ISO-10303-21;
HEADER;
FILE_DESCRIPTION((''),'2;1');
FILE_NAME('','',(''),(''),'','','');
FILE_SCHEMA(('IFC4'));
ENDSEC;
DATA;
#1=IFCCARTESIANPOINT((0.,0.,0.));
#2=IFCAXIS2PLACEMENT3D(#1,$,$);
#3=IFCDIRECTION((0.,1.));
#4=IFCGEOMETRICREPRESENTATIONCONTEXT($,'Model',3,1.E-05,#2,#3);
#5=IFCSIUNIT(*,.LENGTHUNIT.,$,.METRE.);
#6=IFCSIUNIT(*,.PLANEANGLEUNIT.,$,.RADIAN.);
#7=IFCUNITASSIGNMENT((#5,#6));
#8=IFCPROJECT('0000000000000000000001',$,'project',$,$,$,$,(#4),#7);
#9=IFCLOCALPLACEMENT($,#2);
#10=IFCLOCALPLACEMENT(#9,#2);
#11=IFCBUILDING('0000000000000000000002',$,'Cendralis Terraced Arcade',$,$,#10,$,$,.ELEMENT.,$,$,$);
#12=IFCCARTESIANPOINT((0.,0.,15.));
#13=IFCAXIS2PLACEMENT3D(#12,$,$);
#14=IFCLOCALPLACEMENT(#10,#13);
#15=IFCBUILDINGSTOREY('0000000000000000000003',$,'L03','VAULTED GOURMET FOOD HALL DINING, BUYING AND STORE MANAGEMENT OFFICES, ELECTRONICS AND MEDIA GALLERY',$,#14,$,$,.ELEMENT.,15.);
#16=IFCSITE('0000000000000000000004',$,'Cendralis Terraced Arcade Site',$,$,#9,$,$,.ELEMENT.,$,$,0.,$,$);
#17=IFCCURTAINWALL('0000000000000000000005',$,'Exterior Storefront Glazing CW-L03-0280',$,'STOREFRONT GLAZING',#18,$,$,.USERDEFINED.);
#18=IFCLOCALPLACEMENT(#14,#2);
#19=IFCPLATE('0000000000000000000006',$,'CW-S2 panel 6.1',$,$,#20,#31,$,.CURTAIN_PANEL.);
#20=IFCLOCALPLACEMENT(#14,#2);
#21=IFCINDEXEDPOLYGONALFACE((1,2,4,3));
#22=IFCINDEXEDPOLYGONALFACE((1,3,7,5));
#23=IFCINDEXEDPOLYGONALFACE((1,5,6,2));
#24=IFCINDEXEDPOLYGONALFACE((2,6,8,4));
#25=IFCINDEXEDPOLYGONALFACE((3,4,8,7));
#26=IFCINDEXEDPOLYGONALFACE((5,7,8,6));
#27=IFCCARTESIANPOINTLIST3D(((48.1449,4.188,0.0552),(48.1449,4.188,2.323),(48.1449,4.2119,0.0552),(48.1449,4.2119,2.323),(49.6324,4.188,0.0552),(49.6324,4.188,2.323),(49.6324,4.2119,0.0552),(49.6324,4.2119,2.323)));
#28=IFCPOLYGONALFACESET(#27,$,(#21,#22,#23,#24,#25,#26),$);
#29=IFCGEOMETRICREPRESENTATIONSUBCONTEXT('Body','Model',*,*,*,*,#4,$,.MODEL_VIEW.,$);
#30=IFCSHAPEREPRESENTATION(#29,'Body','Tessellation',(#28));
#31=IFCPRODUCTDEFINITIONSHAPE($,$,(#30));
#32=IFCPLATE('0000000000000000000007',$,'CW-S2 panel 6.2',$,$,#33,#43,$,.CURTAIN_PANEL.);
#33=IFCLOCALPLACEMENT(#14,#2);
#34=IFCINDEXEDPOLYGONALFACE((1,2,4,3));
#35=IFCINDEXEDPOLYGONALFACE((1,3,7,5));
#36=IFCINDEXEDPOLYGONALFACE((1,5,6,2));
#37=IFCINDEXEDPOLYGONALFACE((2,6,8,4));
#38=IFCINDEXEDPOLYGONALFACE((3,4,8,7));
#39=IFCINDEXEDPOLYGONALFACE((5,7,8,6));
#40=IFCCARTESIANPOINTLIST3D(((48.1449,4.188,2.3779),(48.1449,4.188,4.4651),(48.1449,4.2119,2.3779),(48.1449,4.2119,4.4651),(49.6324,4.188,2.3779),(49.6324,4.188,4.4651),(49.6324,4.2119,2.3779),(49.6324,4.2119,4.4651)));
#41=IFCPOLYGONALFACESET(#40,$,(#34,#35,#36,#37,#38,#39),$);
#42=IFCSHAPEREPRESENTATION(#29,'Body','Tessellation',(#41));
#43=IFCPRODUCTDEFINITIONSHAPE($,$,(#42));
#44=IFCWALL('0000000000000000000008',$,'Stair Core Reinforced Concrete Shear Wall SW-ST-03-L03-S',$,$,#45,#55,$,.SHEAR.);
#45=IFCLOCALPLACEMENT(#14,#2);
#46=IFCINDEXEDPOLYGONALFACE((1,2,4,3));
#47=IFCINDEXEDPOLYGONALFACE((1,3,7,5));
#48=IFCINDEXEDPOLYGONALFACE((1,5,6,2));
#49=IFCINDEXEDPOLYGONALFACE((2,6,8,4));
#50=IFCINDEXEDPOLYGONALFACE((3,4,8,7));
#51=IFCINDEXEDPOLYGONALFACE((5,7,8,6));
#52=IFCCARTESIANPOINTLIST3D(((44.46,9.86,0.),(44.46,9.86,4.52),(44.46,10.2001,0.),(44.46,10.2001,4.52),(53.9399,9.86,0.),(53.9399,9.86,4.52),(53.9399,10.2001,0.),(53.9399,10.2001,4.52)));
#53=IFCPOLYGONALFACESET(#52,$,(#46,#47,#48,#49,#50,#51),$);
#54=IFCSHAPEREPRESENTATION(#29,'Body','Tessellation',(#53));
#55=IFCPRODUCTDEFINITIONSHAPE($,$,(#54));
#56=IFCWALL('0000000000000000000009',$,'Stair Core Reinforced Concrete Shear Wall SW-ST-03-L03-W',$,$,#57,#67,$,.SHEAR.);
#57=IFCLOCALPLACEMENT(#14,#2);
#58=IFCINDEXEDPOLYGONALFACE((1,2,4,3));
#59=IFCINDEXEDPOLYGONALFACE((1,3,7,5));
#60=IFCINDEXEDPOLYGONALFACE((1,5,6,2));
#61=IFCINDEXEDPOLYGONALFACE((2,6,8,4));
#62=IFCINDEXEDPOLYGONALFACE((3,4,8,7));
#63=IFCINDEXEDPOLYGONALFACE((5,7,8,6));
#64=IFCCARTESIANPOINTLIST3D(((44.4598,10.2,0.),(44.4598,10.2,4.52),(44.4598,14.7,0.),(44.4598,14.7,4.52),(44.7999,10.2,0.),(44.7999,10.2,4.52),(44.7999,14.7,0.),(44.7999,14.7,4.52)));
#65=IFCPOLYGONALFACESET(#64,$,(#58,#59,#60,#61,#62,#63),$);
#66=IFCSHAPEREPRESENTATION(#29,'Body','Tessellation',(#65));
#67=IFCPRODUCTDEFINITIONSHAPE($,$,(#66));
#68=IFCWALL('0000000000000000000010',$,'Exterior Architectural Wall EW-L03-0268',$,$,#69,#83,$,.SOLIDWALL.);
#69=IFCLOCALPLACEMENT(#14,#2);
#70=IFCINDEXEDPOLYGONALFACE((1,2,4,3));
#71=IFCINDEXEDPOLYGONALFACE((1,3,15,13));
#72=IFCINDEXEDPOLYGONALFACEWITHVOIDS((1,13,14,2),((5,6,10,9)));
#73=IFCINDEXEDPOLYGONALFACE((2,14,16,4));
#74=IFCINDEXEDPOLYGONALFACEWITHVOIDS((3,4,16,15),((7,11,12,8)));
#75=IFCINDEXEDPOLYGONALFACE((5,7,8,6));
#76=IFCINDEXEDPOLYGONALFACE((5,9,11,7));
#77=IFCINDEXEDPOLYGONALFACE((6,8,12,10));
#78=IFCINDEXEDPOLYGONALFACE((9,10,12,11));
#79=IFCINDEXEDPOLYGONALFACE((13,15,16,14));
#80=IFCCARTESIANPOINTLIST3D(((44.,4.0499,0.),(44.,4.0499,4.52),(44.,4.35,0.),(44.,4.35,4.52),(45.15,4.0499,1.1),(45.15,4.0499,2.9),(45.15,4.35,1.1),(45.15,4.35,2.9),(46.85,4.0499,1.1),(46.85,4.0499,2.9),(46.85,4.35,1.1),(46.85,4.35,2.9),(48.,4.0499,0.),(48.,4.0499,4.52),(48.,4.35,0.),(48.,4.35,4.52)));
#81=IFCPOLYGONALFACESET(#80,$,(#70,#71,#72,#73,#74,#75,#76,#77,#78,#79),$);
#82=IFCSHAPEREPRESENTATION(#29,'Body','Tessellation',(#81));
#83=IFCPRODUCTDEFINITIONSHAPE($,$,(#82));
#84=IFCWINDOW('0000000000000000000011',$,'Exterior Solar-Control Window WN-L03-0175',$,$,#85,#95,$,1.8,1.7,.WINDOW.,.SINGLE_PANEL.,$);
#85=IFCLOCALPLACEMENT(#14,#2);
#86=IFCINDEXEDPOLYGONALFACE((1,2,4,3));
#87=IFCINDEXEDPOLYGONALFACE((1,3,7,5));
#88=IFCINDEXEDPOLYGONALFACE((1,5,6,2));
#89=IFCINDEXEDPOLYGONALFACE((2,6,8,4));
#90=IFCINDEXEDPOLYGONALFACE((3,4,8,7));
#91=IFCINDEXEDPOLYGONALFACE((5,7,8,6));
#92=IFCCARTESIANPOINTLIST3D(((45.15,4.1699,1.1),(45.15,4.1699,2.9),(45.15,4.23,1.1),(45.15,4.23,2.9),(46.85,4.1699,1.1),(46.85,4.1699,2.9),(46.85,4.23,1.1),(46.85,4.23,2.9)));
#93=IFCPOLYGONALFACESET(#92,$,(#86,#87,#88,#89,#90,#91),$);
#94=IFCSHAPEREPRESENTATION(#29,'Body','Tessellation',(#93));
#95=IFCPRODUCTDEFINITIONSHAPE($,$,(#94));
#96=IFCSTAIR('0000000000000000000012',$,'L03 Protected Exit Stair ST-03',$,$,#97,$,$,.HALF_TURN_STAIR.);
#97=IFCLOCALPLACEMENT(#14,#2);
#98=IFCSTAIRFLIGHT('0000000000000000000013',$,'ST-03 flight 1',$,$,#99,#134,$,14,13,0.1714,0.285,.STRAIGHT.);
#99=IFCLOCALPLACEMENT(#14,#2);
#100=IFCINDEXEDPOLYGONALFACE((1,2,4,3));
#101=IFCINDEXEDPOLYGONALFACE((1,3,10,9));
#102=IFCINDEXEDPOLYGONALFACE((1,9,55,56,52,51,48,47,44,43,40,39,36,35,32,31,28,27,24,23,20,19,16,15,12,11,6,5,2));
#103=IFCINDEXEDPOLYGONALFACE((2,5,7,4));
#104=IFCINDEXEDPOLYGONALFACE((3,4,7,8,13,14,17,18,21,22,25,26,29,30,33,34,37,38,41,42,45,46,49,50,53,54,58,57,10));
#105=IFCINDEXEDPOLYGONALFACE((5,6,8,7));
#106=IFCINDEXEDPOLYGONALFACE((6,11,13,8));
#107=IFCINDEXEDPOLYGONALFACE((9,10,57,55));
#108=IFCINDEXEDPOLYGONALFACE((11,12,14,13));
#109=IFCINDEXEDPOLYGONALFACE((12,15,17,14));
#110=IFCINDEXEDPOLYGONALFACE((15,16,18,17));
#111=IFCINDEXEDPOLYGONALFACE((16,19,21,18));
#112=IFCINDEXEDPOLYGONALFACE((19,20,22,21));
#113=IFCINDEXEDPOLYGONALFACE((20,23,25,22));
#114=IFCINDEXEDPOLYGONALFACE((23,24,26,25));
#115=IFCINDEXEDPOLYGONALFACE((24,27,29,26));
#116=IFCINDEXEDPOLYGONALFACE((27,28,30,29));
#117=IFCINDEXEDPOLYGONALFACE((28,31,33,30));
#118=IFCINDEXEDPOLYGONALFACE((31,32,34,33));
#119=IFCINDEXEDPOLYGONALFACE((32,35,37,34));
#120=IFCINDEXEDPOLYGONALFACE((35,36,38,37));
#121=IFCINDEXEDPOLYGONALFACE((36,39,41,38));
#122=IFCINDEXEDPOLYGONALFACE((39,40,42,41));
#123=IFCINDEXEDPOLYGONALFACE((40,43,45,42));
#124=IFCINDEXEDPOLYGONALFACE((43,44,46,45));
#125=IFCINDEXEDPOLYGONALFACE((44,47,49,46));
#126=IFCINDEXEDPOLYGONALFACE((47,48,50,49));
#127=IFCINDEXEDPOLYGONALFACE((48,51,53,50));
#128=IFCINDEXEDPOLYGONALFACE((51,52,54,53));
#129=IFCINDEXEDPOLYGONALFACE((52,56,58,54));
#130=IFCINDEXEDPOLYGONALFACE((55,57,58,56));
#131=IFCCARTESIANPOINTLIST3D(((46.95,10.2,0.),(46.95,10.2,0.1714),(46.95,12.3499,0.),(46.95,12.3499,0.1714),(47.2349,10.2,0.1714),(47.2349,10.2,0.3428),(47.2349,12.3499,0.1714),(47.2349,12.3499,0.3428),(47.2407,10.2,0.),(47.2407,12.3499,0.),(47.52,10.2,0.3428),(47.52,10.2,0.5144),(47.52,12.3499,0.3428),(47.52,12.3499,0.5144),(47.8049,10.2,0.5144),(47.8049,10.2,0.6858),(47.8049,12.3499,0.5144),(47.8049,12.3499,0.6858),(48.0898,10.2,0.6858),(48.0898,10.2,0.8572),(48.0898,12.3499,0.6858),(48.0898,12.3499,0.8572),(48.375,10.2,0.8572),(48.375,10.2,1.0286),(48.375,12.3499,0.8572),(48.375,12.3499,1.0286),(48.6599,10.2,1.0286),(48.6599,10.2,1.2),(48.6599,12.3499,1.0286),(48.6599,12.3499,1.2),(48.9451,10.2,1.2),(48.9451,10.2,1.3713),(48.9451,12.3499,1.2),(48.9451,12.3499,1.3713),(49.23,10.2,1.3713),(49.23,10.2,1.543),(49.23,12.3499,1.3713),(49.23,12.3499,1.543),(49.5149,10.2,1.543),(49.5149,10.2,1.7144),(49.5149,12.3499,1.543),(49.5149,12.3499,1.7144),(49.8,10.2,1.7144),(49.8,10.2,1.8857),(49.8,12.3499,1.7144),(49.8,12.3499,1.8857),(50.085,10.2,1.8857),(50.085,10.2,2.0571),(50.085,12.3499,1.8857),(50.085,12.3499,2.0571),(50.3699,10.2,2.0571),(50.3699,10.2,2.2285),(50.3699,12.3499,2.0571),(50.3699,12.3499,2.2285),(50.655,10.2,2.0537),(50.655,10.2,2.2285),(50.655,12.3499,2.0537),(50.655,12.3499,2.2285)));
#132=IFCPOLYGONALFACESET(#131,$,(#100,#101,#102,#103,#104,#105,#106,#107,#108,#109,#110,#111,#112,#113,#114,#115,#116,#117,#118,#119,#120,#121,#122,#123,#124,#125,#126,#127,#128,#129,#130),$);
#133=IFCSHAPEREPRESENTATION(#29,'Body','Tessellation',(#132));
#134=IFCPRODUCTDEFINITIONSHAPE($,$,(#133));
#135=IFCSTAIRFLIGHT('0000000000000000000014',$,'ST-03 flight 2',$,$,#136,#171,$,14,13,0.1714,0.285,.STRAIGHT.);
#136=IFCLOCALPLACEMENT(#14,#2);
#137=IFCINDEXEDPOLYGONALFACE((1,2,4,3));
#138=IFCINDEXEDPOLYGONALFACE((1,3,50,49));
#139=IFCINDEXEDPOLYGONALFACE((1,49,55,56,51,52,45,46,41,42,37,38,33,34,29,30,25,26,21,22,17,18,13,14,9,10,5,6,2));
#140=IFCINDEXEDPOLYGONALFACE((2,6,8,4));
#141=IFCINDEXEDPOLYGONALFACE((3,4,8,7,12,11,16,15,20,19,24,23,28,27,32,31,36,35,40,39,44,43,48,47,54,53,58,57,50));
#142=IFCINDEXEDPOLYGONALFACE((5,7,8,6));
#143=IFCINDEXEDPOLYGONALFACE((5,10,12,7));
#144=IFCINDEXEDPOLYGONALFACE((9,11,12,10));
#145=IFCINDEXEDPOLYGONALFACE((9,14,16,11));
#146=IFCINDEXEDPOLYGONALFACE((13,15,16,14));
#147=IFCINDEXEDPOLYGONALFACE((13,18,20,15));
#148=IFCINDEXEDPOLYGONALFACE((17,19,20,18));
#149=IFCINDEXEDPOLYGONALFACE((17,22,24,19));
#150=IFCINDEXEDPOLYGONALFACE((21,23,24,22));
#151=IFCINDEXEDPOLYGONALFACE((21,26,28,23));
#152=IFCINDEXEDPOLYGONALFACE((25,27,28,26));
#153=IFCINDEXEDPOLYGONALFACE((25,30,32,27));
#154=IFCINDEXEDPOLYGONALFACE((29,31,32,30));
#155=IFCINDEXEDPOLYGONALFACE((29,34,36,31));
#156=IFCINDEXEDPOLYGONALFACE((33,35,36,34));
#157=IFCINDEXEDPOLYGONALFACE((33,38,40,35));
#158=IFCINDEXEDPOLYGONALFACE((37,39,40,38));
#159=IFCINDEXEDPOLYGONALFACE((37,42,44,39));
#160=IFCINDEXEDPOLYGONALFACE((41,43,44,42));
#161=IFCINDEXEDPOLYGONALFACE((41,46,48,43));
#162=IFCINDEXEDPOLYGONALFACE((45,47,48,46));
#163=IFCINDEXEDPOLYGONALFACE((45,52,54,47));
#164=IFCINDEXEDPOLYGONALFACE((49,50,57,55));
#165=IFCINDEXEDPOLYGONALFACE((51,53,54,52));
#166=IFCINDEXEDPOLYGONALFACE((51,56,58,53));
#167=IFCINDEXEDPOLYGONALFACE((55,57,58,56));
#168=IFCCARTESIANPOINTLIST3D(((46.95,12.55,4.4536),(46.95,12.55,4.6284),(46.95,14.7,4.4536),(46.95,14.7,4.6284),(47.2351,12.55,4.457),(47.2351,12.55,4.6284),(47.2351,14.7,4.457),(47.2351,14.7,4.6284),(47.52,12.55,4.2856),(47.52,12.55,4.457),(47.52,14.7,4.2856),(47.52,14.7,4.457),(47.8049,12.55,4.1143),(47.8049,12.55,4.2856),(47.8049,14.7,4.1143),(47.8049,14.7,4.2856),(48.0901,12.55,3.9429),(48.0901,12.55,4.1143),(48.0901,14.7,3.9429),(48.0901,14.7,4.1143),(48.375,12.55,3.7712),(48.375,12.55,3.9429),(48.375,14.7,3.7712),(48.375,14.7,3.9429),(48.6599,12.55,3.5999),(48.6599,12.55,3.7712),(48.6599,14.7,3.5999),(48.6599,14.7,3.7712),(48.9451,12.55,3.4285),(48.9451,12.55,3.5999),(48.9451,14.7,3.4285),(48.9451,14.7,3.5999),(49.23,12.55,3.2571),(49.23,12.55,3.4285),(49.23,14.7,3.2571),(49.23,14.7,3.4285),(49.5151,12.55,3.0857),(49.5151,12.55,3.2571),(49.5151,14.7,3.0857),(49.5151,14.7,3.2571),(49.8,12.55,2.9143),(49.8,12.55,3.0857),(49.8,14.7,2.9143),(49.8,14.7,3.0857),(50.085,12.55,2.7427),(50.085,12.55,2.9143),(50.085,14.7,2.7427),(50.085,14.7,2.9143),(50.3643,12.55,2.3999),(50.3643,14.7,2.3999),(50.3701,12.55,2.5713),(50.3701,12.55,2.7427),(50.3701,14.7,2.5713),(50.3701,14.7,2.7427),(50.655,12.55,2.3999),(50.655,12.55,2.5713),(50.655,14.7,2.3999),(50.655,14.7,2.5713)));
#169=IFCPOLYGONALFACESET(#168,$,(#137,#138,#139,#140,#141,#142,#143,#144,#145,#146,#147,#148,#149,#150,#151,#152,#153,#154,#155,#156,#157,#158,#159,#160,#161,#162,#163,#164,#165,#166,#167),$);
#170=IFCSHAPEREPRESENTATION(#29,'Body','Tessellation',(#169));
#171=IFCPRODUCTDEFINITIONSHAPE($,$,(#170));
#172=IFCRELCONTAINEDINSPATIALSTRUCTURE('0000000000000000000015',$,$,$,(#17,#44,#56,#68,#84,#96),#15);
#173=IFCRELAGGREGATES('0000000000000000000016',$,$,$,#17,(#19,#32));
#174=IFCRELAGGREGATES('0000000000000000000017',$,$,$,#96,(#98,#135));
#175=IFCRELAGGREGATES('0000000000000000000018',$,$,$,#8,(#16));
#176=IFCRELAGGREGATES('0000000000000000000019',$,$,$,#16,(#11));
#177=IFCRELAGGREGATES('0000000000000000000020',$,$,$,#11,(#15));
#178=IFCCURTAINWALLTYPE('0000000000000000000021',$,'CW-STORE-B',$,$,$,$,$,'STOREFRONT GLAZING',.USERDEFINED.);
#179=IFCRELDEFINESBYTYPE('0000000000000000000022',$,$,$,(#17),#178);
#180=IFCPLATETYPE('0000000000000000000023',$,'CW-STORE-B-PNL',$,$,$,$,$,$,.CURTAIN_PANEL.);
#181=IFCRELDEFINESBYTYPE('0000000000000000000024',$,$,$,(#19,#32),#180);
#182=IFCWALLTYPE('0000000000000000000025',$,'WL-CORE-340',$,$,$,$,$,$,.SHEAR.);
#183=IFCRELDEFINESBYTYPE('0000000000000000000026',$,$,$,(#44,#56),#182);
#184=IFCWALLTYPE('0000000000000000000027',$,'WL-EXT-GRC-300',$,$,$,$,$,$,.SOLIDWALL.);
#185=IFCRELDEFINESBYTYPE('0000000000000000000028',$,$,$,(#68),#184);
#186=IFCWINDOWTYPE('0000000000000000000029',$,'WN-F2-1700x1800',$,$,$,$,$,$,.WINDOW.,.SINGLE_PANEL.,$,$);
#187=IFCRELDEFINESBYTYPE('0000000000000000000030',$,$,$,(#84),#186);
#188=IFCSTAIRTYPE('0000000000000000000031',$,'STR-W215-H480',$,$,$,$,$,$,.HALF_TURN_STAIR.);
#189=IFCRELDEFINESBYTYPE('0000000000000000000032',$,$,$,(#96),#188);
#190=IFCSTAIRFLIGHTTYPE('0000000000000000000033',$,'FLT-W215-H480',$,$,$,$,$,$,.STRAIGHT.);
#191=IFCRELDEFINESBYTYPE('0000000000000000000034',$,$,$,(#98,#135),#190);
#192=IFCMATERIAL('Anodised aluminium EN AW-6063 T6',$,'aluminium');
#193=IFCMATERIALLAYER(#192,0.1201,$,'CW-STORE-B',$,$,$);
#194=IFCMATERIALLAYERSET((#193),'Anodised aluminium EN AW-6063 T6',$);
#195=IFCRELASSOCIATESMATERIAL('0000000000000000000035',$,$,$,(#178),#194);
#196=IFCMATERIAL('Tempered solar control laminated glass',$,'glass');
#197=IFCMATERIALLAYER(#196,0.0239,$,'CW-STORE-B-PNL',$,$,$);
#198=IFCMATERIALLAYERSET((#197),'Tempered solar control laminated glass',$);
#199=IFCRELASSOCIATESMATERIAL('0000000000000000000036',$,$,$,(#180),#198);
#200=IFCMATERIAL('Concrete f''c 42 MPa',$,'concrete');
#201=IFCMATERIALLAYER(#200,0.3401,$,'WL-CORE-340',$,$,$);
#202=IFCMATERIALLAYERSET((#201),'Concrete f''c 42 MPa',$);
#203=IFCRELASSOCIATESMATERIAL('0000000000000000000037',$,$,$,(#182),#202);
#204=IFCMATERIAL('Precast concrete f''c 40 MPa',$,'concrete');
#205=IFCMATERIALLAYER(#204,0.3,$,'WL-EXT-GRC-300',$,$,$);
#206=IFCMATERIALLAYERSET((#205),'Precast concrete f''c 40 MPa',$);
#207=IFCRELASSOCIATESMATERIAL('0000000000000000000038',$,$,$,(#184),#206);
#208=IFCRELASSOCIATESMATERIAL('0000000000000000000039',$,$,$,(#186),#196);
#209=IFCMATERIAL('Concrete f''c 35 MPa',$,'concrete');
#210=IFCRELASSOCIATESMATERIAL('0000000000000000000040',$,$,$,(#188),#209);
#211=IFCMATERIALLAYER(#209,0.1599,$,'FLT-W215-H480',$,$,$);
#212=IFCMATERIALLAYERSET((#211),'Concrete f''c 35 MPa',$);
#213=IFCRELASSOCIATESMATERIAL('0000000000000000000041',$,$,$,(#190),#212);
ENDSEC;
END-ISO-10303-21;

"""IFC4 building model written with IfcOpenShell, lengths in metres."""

from ifc_helpers import new_model, si_unit, direction, frame, frame_2d, origin, origin_2d, place, context, subcontext, project, spatial, polyline, rectangle, outline, extrude, material, layer, layer_set, type_object, element, fill, aggregate, save


model = new_model("IFC4")

# Units and contexts
model_context = context("Model", 3, precision=1e-05, world=origin(), true_north=direction((0.0, 1.0)))
body_context = subcontext(model_context, "Body", "Model", "MODEL_VIEW")
ifc_project = project(units=[si_unit("LENGTHUNIT", "METRE"), si_unit("PLANEANGLEUNIT", "RADIAN")], contexts=[model_context])

# Site, building, storey
site_placement = place(None, origin())
site = spatial("IfcSite", under=ifc_project, at=site_placement, Name="Cendralis Terraced Arcade Site", CompositionType="ELEMENT", RefElevation=0.0)
building_placement = place(site_placement, origin())
building = spatial("IfcBuilding", under=site, at=building_placement, Name="Cendralis Terraced Arcade", CompositionType="ELEMENT")
storey_placement = place(building_placement, frame((0.0, 0.0, 15.0)))
storey = spatial("IfcBuildingStorey", under=building, at=storey_placement, Name="L03", Description="VAULTED GOURMET FOOD HALL DINING, BUYING AND STORE MANAGEMENT OFFICES, ELECTRONICS AND MEDIA GALLERY", CompositionType="ELEMENT", Elevation=15.0)

# Curtain wall, plates
ifc_material_1 = material(Name="Anodised aluminium EN AW-6063 T6", Category="aluminium")
ifc_layer_1 = layer(ifc_material_1, 0.1201, Name="CW-STORE-B")
ifc_layer_set_1 = layer_set([ifc_layer_1], Name="Anodised aluminium EN AW-6063 T6")
curtain_wall_type = type_object("IfcCurtainWallType", Name="CW-STORE-B", ElementType="STOREFRONT GLAZING", PredefinedType="USERDEFINED", material=ifc_layer_set_1)
curtain_wall_placement = place(storey_placement, origin())
curtain_wall = element("IfcCurtainWall", 1, at=curtain_wall_placement, inside=storey, type_object=curtain_wall_type, Name="Exterior Storefront Glazing CW-L03-0280", ObjectType="STOREFRONT GLAZING", PredefinedType="USERDEFINED")
ifc_material_2 = material(Name="Tempered solar control laminated glass", Category="glass")
ifc_layer_2 = layer(ifc_material_2, 0.0239, Name="CW-STORE-B-PNL")
ifc_layer_set_2 = layer_set([ifc_layer_2], Name="Tempered solar control laminated glass")
plate_type = type_object("IfcPlateType", Name="CW-STORE-B-PNL", PredefinedType="CURTAIN_PANEL", material=ifc_layer_set_2)
plate_1_placement = place(storey_placement, frame((48.8887, 4.2, 0.0552), z_axis=(0.0, 0.0, 1.0), x_axis=(-1.0, 0.0, 0.0)))
plate_1 = element("IfcPlate", 2, at=plate_1_placement, type_object=plate_type, Name="CW-S2 panel 6.1", PredefinedType="CURTAIN_PANEL", context=body_context, shape_type="SweptSolid", body=[
    extrude(rectangle(XDim=1.4875, YDim=0.0239, at=origin_2d()), origin(), (0.0, 0.0, 1.0), 2.2678),
])
plate_2_placement = place(storey_placement, frame((48.8887, 4.2, 2.3779), z_axis=(0.0, 0.0, 1.0), x_axis=(-1.0, 0.0, 0.0)))
plate_2 = element("IfcPlate", 3, at=plate_2_placement, type_object=plate_type, Name="CW-S2 panel 6.2", PredefinedType="CURTAIN_PANEL", context=body_context, shape_type="SweptSolid", body=[
    extrude(rectangle(XDim=1.4875, YDim=0.0239, at=origin_2d()), origin(), (0.0, 0.0, 1.0), 2.0872),
])
aggregate(curtain_wall, [plate_1, plate_2])

# Walls
ifc_material_3 = material(Name="Concrete f'c 42 MPa", Category="concrete")
ifc_layer_3 = layer(ifc_material_3, 0.3401, Name="WL-CORE-340")
ifc_layer_set_3 = layer_set([ifc_layer_3], Name="Concrete f'c 42 MPa")
wall_type_1 = type_object("IfcWallType", Name="WL-CORE-340", PredefinedType="SHEAR", material=ifc_layer_set_3)
wall_1_placement = place(storey_placement, frame((44.46, 10.03, 0.0), z_axis=(0.0, 0.0, 1.0), x_axis=(1.0, 0.0, 0.0)))
element("IfcWall", 4, at=wall_1_placement, inside=storey, type_object=wall_type_1, Name="Stair Core Reinforced Concrete Shear Wall SW-ST-03-L03-S", PredefinedType="SHEAR", context=body_context, shape_type="SweptSolid", body=[
    extrude(rectangle(XDim=9.48, YDim=0.3401, at=frame_2d((4.74, 0.0))), origin(), (0.0, 0.0, 1.0), 4.52),
])
wall_2_placement = place(storey_placement, frame((44.6299, 10.2, 0.0), z_axis=(0.0, 0.0, 1.0), x_axis=(0.0, 1.0, 0.0)))
element("IfcWall", 5, at=wall_2_placement, inside=storey, type_object=wall_type_1, Name="Stair Core Reinforced Concrete Shear Wall SW-ST-03-L03-W", PredefinedType="SHEAR", context=body_context, shape_type="SweptSolid", body=[
    extrude(rectangle(XDim=4.5, YDim=0.3401, at=frame_2d((2.25, 0.0))), origin(), (0.0, 0.0, 1.0), 4.52),
])

# Wall, opening, window
ifc_material_4 = material(Name="Precast concrete f'c 40 MPa", Category="concrete")
ifc_layer_4 = layer(ifc_material_4, 0.3, Name="WL-EXT-GRC-300")
ifc_layer_set_4 = layer_set([ifc_layer_4], Name="Precast concrete f'c 40 MPa")
wall_type_2 = type_object("IfcWallType", Name="WL-EXT-GRC-300", PredefinedType="SOLIDWALL", material=ifc_layer_set_4)
wall_3_placement = place(storey_placement, frame((48.0, 4.2, 0.0), z_axis=(0.0, 0.0, 1.0), x_axis=(-1.0, 0.0, 0.0)))
wall_3 = element("IfcWall", 6, at=wall_3_placement, inside=storey, type_object=wall_type_2, Name="Exterior Architectural Wall EW-L03-0268", PredefinedType="SOLIDWALL", context=body_context, shape_type="SweptSolid", body=[
    extrude(rectangle(XDim=4.0, YDim=0.3, at=frame_2d((2.0, 0.0))), origin(), (0.0, 0.0, 1.0), 4.52),
])
opening_placement = place(wall_3_placement, frame((1.1499, 0.0, 1.1001)))
opening = element("IfcOpeningElement", 7, at=opening_placement, cuts=wall_3, PredefinedType="OPENING", context=body_context, shape_type="SweptSolid", body=[
    extrude(rectangle(XDim=1.7, YDim=1.8, at=frame_2d((0.8501, 0.8999))), frame((0.0, 0.1621, 0.0), z_axis=(0.0, -1.0, 0.0), x_axis=(1.0, 0.0, 0.0)), (0.0, 0.0, 1.0), 0.324),
])
window_type = type_object("IfcWindowType", Name="WN-F2-1700x1800", PartitioningType="SINGLE_PANEL", PredefinedType="WINDOW", material=ifc_material_2)
window_placement = place(opening_placement, origin())
window = element("IfcWindow", 8, at=window_placement, inside=storey, type_object=window_type, Name="Exterior Solar-Control Window WN-L03-0175", OverallHeight=1.8, OverallWidth=1.7, PartitioningType="SINGLE_PANEL", PredefinedType="WINDOW", context=body_context, shape_type="SweptSolid", body=[
    extrude(rectangle(XDim=1.7, YDim=1.8, at=frame_2d((0.8501, 0.8999))), frame((0.0, 0.03, 0.0), z_axis=(0.0, -1.0, 0.0), x_axis=(1.0, 0.0, 0.0)), (0.0, 0.0, 1.0), 0.0601),
])
fill(opening, window)

# Stair, stair flights
ifc_material_5 = material(Name="Concrete f'c 35 MPa", Category="concrete")
stair_type = type_object("IfcStairType", Name="STR-W215-H480", PredefinedType="HALF_TURN_STAIR", material=ifc_material_5)
stair_placement = place(storey_placement, origin())
stair = element("IfcStair", 9, at=stair_placement, inside=storey, type_object=stair_type, Name="L03 Protected Exit Stair ST-03", PredefinedType="HALF_TURN_STAIR")
ifc_layer_5 = layer(ifc_material_5, 0.1599, Name="FLT-W215-H480")
ifc_layer_set_5 = layer_set([ifc_layer_5], Name="Concrete f'c 35 MPa")
stair_flight_type = type_object("IfcStairFlightType", Name="FLT-W215-H480", PredefinedType="STRAIGHT", material=ifc_layer_set_5)
stair_flight_1_placement = place(storey_placement, frame((46.95, 11.2749, 0.0), z_axis=(0.0, 0.0, 1.0), x_axis=(1.0, 0.0, 0.0)))
stair_flight_1 = element("IfcStairFlight", 10, at=stair_flight_1_placement, type_object=stair_flight_type, Name="ST-03 flight 1", NumberOfRisers=14, NumberOfTreads=13, PredefinedType="STRAIGHT", RiserHeight=0.1714, TreadLength=0.285, context=body_context, shape_type="SweptSolid", body=[
    extrude(outline(polyline([(0.0, 0.0), (0.0, 0.1714), (0.2849, 0.1714), (0.2849, 0.3428), (0.5701, 0.3428), (0.5701, 0.5144), (0.855, 0.5144), (0.855, 0.6858), (1.1399, 0.6858), (1.1399, 0.8572), (1.425, 0.8572), (1.425, 1.0286), (1.71, 1.0286), (1.71, 1.2), (1.9951, 1.2), (1.9951, 1.3713), (2.28, 1.3713), (2.28, 1.543), (2.5649, 1.543), (2.5649, 1.7144), (2.8501, 1.7144), (2.8501, 1.8857), (3.135, 1.8857), (3.135, 2.0571), (3.4199, 2.0571), (3.4199, 2.2285), (3.7051, 2.2285), (3.7051, 2.3999), (3.7051, 2.0537), (0.2908, 0.0), (0.0, 0.0)])), frame((0.0, 1.075, 0.0), z_axis=(0.0, -1.0, 0.0), x_axis=(1.0, 0.0, 0.0)), (0.0, 0.0, 1.0), 2.1499),
])
stair_flight_2_placement = place(storey_placement, frame((50.655, 13.625, 2.3999), z_axis=(0.0, 0.0, 1.0), x_axis=(-1.0, 0.0, 0.0)))
stair_flight_2 = element("IfcStairFlight", 11, at=stair_flight_2_placement, type_object=stair_flight_type, Name="ST-03 flight 2", NumberOfRisers=14, NumberOfTreads=13, PredefinedType="STRAIGHT", RiserHeight=0.1714, TreadLength=0.285, context=body_context, shape_type="SweptSolid", body=[
    extrude(outline(polyline([(0.0, 0.0), (0.0, 0.1714), (0.2849, 0.1714), (0.2849, 0.3428), (0.5701, 0.3428), (0.5701, 0.5144), (0.855, 0.5144), (0.855, 0.6858), (1.1399, 0.6858), (1.1399, 0.8572), (1.425, 0.8572), (1.425, 1.0286), (1.71, 1.0286), (1.71, 1.2), (1.9951, 1.2), (1.9951, 1.3713), (2.28, 1.3713), (2.28, 1.543), (2.5649, 1.543), (2.5649, 1.7144), (2.8501, 1.7144), (2.8501, 1.8857), (3.135, 1.8857), (3.135, 2.0571), (3.4199, 2.0571), (3.4199, 2.2285), (3.7051, 2.2285), (3.7051, 2.3999), (3.7051, 2.0537), (0.2908, 0.0), (0.0, 0.0)])), frame((0.0, 1.075, 0.0), z_axis=(0.0, -1.0, 0.0), x_axis=(1.0, 0.0, 0.0)), (0.0, 0.0, 1.0), 2.1499),
])
aggregate(stair, [stair_flight_1, stair_flight_2])

save(model, "model.ifc")
